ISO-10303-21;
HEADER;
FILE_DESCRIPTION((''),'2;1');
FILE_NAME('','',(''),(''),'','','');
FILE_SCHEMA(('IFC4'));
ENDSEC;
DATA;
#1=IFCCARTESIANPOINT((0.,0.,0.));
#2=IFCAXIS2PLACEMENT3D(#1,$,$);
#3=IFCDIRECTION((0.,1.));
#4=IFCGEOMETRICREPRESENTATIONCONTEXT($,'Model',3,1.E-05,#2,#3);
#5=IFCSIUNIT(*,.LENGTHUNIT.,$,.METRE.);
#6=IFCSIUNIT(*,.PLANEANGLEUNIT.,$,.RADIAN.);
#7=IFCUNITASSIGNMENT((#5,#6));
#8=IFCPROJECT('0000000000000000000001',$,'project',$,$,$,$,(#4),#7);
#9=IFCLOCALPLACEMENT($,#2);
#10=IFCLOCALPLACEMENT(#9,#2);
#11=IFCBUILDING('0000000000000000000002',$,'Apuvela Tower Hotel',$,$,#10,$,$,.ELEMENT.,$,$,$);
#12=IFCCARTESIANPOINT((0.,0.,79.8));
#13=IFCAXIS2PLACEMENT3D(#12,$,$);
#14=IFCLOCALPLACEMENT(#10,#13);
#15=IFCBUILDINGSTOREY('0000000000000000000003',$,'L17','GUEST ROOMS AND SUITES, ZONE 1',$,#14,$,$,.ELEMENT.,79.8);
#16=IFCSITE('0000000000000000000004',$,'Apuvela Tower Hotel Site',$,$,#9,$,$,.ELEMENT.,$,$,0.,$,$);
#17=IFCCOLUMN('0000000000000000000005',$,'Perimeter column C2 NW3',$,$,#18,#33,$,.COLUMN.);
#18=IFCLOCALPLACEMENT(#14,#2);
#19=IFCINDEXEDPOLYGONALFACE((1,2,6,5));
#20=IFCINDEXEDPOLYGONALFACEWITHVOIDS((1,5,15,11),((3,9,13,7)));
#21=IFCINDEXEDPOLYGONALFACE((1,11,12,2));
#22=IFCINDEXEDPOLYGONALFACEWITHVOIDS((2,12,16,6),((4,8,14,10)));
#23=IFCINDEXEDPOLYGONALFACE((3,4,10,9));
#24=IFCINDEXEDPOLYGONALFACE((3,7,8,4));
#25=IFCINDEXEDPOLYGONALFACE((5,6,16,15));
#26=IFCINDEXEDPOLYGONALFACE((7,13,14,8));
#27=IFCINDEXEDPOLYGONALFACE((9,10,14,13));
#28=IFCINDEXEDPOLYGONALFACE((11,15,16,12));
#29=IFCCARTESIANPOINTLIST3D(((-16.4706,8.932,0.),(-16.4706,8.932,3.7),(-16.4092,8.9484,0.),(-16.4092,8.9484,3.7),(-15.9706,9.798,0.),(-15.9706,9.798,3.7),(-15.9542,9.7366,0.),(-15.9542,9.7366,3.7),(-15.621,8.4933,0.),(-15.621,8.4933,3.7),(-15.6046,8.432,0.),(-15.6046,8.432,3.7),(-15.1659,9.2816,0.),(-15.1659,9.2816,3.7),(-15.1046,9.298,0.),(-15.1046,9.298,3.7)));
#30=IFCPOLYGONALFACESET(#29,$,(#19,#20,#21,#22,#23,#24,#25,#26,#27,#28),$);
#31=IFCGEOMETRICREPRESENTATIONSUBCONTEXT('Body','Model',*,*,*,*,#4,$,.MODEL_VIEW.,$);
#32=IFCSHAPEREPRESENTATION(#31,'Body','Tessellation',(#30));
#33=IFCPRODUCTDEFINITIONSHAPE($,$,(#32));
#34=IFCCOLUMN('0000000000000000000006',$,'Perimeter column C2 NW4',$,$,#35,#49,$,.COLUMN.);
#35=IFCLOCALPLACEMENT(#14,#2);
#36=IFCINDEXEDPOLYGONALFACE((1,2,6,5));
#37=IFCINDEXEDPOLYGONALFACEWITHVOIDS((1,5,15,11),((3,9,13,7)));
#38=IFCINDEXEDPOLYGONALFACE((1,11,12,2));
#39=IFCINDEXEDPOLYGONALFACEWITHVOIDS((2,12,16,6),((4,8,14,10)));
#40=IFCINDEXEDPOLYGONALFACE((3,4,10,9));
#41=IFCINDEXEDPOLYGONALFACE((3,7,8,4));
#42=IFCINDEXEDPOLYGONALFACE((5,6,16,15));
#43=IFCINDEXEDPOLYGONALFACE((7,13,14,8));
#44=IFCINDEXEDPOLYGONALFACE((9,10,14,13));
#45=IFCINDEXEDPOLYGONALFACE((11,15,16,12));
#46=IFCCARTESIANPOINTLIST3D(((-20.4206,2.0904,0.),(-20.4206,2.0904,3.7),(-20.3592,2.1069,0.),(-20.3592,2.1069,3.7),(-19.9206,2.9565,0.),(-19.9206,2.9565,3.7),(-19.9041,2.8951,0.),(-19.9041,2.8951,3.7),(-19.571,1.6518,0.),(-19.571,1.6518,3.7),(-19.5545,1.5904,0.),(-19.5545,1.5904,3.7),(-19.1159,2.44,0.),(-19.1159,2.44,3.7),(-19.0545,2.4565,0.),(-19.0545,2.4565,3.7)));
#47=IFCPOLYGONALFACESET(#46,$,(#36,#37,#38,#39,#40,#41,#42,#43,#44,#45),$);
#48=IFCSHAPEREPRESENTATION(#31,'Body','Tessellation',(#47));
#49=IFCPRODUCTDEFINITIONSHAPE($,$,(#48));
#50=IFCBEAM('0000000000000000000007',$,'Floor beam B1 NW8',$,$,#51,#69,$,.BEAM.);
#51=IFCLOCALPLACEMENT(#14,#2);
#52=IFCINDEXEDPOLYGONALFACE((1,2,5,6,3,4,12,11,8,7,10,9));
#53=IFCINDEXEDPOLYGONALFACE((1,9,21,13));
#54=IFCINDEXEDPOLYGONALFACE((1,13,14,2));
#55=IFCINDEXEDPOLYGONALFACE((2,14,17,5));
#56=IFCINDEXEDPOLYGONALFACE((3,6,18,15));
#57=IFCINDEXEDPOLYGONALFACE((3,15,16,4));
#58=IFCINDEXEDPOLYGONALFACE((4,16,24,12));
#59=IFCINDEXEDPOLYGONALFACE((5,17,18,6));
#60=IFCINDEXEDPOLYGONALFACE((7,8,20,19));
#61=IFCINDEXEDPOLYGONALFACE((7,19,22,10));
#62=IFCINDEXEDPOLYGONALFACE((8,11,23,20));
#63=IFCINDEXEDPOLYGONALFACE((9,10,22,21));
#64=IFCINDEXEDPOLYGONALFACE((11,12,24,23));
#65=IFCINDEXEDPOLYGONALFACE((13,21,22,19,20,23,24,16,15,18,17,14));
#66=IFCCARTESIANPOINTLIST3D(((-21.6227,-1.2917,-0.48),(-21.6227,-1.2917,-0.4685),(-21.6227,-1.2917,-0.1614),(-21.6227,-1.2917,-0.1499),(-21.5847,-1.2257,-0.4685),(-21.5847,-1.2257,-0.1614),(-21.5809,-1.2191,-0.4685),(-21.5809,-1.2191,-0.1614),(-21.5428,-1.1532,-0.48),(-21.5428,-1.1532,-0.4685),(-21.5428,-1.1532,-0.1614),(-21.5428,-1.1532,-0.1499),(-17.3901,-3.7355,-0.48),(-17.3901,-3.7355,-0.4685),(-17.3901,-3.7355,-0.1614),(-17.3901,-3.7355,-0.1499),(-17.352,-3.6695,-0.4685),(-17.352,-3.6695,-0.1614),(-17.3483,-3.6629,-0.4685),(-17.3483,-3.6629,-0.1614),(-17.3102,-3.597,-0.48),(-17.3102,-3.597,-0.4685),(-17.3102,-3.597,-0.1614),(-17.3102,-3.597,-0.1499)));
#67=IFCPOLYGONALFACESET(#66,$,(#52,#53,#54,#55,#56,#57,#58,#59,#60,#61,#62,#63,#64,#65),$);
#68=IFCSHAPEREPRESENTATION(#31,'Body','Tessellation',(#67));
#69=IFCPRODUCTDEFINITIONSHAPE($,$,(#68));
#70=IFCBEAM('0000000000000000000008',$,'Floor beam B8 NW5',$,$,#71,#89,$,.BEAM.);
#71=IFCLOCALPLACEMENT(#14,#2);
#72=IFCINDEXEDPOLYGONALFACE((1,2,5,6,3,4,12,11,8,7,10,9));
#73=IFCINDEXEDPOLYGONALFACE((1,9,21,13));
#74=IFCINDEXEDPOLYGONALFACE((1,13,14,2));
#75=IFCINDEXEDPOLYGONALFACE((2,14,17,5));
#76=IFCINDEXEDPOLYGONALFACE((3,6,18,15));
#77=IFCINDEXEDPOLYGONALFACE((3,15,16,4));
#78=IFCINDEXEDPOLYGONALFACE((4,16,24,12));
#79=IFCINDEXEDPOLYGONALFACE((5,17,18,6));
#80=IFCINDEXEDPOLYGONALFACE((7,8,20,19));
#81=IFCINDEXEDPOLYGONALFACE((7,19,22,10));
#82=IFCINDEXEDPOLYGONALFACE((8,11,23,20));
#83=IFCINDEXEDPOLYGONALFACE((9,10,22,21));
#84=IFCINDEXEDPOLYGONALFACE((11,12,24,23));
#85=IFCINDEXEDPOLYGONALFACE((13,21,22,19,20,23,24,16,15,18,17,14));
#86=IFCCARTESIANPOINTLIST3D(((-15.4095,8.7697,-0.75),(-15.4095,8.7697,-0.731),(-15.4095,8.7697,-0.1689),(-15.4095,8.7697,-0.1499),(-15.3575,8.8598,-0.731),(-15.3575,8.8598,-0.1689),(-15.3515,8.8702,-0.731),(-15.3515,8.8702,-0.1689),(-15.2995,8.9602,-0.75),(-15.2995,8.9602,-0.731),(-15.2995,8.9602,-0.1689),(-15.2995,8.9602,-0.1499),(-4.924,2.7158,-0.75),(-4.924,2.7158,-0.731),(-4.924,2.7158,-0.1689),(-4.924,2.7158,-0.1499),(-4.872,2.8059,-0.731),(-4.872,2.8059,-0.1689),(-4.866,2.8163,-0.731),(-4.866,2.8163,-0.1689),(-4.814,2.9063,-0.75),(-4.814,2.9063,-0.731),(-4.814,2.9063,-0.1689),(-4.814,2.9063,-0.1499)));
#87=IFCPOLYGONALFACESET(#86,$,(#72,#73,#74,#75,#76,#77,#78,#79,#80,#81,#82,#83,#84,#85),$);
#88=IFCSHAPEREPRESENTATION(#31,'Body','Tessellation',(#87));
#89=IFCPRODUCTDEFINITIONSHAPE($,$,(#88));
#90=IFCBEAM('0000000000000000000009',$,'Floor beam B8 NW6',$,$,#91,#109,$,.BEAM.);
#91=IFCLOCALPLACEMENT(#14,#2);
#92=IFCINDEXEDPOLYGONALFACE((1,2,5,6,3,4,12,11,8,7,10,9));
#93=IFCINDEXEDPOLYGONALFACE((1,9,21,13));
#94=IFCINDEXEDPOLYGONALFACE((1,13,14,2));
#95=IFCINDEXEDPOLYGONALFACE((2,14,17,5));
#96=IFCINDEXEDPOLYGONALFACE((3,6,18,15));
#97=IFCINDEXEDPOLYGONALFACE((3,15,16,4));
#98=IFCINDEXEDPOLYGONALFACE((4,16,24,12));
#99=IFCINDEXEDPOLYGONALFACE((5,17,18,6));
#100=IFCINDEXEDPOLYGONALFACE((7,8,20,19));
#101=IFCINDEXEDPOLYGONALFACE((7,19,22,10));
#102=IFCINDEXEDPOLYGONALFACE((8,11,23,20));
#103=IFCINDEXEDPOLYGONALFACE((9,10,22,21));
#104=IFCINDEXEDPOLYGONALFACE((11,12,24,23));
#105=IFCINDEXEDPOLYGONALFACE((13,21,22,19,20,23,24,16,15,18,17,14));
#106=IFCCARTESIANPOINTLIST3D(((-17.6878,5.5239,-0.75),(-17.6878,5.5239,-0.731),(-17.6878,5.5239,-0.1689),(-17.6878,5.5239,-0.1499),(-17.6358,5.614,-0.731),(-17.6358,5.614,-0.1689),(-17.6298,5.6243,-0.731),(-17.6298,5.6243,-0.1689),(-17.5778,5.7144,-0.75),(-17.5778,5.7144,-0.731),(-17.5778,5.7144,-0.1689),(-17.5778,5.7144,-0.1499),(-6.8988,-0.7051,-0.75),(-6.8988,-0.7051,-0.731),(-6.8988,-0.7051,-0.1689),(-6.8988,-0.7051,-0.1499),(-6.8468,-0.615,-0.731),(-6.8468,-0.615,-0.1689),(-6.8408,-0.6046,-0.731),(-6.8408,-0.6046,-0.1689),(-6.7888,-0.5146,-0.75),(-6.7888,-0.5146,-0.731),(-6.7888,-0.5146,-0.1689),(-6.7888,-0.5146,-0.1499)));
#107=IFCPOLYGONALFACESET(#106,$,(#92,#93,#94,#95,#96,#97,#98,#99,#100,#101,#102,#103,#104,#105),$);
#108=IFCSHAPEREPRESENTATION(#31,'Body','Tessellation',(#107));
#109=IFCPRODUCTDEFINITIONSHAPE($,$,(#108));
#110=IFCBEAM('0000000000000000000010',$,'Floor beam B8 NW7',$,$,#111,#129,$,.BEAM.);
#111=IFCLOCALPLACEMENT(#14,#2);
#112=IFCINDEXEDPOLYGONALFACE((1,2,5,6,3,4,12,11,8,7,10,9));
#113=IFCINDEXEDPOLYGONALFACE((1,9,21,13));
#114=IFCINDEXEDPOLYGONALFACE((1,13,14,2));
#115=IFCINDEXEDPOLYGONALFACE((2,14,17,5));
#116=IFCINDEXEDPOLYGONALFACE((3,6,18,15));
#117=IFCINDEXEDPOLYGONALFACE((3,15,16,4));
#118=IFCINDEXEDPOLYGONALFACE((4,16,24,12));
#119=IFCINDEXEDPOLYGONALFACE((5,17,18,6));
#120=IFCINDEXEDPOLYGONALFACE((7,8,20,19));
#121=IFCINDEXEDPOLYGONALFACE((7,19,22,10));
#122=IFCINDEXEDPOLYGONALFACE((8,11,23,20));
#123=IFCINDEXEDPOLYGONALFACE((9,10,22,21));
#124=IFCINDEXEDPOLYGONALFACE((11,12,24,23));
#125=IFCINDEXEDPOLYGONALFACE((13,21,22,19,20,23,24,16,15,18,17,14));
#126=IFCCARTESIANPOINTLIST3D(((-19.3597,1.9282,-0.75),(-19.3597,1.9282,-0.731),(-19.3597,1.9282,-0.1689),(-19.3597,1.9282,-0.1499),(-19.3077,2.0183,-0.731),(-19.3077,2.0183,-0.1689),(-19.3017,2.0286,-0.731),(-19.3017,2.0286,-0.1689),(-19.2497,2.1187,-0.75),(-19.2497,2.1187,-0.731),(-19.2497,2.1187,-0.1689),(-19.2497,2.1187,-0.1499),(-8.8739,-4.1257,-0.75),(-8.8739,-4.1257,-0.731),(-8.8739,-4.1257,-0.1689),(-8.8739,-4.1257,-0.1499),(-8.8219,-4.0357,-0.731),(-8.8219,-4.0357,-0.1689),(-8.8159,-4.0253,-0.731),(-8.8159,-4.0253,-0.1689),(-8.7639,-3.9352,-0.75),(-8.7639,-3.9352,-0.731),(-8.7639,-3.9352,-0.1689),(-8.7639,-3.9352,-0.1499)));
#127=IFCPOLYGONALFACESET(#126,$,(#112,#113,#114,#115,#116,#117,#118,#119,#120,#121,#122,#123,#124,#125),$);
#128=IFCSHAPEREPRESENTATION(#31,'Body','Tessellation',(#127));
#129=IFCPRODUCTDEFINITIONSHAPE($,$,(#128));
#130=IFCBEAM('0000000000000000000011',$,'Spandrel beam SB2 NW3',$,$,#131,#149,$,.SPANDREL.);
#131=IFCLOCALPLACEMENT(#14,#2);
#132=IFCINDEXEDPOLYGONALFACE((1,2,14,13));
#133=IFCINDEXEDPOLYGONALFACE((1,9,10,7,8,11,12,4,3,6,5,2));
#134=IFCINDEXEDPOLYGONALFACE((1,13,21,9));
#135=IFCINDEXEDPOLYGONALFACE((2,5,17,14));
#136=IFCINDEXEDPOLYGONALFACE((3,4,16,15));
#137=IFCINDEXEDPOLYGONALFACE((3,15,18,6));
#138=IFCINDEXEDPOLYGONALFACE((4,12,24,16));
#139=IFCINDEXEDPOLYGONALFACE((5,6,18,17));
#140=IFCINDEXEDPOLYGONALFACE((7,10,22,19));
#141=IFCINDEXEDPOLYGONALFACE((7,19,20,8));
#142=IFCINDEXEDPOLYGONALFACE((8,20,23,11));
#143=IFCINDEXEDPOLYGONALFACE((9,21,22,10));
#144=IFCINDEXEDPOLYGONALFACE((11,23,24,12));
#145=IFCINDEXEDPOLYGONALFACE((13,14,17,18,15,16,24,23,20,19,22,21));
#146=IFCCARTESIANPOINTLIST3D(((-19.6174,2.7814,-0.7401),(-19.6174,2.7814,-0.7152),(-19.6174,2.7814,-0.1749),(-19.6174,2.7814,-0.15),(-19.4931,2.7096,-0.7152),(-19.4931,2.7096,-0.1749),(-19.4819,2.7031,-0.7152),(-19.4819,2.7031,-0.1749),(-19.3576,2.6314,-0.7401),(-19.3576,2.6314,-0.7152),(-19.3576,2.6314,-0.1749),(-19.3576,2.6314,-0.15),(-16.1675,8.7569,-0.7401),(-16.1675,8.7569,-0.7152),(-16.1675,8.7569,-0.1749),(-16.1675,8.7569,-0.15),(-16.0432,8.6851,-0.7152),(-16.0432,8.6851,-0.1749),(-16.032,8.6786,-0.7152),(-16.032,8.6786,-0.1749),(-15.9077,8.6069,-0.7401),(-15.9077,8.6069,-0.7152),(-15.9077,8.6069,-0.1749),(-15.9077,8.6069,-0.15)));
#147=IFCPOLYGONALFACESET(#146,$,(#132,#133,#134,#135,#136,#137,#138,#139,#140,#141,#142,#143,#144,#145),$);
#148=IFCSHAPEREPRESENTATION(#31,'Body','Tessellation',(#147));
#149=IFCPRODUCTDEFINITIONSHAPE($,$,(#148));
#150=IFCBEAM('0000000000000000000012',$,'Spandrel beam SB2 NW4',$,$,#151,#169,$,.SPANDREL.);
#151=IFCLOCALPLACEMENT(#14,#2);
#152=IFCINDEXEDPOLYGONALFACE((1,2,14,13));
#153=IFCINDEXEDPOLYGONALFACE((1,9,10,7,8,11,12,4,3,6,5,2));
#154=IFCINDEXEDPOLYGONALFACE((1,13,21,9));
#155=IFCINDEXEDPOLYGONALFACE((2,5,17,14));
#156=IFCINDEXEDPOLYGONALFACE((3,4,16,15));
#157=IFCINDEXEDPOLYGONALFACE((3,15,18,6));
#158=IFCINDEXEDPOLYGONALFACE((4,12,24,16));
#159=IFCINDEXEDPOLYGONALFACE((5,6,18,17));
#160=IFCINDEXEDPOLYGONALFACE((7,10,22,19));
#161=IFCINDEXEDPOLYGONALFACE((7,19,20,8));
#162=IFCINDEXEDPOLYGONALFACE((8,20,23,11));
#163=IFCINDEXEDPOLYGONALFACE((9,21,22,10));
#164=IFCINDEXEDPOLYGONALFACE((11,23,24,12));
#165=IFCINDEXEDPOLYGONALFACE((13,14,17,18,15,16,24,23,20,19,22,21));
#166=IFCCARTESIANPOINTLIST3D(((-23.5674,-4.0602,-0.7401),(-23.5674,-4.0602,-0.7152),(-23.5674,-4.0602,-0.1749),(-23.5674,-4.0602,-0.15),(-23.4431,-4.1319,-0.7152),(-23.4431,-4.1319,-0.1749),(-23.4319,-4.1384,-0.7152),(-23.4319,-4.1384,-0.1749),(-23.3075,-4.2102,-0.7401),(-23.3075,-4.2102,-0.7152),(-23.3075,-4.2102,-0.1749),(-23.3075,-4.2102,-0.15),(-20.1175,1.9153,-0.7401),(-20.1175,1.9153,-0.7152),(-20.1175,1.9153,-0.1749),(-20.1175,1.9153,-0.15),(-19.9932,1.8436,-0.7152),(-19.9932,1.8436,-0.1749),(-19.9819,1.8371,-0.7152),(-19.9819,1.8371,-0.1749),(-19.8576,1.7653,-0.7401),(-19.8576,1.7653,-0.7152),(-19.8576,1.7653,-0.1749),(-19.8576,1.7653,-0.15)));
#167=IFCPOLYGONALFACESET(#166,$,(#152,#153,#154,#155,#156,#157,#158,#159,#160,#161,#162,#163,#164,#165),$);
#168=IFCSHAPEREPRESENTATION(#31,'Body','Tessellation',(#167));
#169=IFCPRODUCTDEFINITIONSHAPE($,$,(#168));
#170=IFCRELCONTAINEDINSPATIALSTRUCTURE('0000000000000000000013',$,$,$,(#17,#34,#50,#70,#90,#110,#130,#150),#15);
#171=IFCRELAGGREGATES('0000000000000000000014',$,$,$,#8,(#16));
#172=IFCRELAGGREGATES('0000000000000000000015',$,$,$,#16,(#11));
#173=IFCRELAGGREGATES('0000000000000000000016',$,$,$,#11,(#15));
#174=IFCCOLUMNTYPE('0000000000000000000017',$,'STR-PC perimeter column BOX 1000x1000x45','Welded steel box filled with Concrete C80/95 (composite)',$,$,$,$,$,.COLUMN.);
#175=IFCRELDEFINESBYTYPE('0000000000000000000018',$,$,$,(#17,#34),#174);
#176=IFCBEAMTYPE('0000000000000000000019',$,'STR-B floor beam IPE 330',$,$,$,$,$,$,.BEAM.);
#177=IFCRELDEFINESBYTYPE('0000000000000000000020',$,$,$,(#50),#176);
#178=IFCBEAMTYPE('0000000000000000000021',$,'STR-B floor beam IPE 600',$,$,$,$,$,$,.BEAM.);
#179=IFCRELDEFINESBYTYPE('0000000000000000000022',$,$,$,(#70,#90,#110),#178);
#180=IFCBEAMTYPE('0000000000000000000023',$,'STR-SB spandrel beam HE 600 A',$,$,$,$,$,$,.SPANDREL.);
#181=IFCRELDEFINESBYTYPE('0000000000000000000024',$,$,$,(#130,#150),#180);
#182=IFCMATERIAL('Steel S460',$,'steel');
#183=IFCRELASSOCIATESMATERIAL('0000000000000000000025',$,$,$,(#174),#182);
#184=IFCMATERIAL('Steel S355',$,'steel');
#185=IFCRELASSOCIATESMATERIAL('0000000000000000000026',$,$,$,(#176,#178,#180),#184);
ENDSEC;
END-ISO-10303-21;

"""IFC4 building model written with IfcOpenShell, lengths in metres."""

from ifc_helpers import new_model, si_unit, direction, frame, origin, origin_2d, place, context, subcontext, project, spatial, rectangle, hollow_rectangle, i_section, extrude, material, material_profile, profile_set, type_object, element, save


model = new_model("IFC4")

# Units and contexts
model_context = context("Model", 3, precision=1e-05, world=origin(), true_north=direction((0.0, 1.0)))
body_context = subcontext(model_context, "Body", "Model", "MODEL_VIEW")
ifc_project = project(units=[si_unit("LENGTHUNIT", "METRE"), si_unit("PLANEANGLEUNIT", "RADIAN")], contexts=[model_context])

# Site, building, storey
site_placement = place(None, origin())
site = spatial("IfcSite", under=ifc_project, at=site_placement, Name="Apuvela Tower Hotel Site", CompositionType="ELEMENT", RefElevation=0.0)
building_placement = place(site_placement, origin())
building = spatial("IfcBuilding", under=site, at=building_placement, Name="Apuvela Tower Hotel", CompositionType="ELEMENT")
storey_placement = place(building_placement, frame((0.0, 0.0, 79.8)))
storey = spatial("IfcBuildingStorey", under=building, at=storey_placement, Name="L17", Description="GUEST ROOMS AND SUITES, ZONE 1", CompositionType="ELEMENT", Elevation=79.8)

# Columns
ifc_material_1 = material(Name="Steel S460", Category="steel")
ifc_material_profile_1 = material_profile(ifc_material_1, hollow_rectangle(XDim=1.0, YDim=1.0, WallThickness=0.0449, at=origin_2d()), Name="BOX 1000x1000x45")
ifc_material_2 = material(Name="Concrete C80/95", Category="concrete")
ifc_material_profile_2 = material_profile(ifc_material_2, rectangle(XDim=0.9099, YDim=0.9099, at=origin_2d()), Name="Concrete C80/95 infill")
ifc_profile_set_1 = profile_set([ifc_material_profile_1, ifc_material_profile_2], Name="Steel S460")
column_type = type_object("IfcColumnType", Name="STR-PC perimeter column BOX 1000x1000x45", Description="Welded steel box filled with Concrete C80/95 (composite)", PredefinedType="COLUMN", material=ifc_profile_set_1)
for number, where, z_axis, x_axis, name in (
    (1, (-15.7876, 9.115, 0.0), (0.0, 0.0, 1.0), (0.5, 0.866025, 0.0), "Perimeter column C2 NW3"),
    (2, (-19.7375, 2.2734, 0.0), (0.0, 0.0, 1.0), (0.5, 0.866025, 0.0), "Perimeter column C2 NW4"),
):
    element("IfcColumn", number, at=place(storey_placement, frame(where, z_axis=z_axis, x_axis=x_axis)), inside=storey, type_object=column_type, Name=name, PredefinedType="COLUMN", context=body_context, shape_type="SweptSolid", body=[
        extrude(hollow_rectangle(XDim=1.0, YDim=1.0, WallThickness=0.0449, at=origin_2d()), origin(), (0.0, 0.0, 1.0), 3.7),
    ])

# Beams
ifc_material_3 = material(Name="Steel S355", Category="steel")
ifc_material_profile_3 = material_profile(ifc_material_3, i_section(OverallWidth=0.1599, OverallDepth=0.3301, WebThickness=0.0076, FlangeThickness=0.0115, at=origin_2d()), Name="IPE 330")
ifc_profile_set_2 = profile_set([ifc_material_profile_3], Name="Steel S355")
beam_type_1 = type_object("IfcBeamType", Name="STR-B floor beam IPE 330", PredefinedType="BEAM", material=ifc_profile_set_2)
beam_1_placement = place(storey_placement, frame((-21.5828, -1.2224, -0.3149), z_axis=(0.866015, -0.500018, 0.0), x_axis=(0.500018, 0.866015, 0.0)))
element("IfcBeam", 3, at=beam_1_placement, inside=storey, type_object=beam_type_1, Name="Floor beam B1 NW8", PredefinedType="BEAM", context=body_context, shape_type="SweptSolid", body=[
    extrude(i_section(OverallWidth=0.1599, OverallDepth=0.3301, WebThickness=0.0076, FlangeThickness=0.0115, at=origin_2d()), origin(), (0.0, 0.0, 1.0), 4.8875),
])
ifc_material_profile_4 = material_profile(ifc_material_3, i_section(OverallWidth=0.22, OverallDepth=0.6001, WebThickness=0.012, FlangeThickness=0.019, at=origin_2d()), Name="IPE 600")
ifc_profile_set_3 = profile_set([ifc_material_profile_4], Name="Steel S355")
beam_type_2 = type_object("IfcBeamType", Name="STR-B floor beam IPE 600", PredefinedType="BEAM", material=ifc_profile_set_3)
beam_2_placement = place(storey_placement, frame((-15.3545, 8.865, -0.45), z_axis=(0.866022, -0.500006, 0.0), x_axis=(0.500006, 0.866022, 0.0)))
element("IfcBeam", 4, at=beam_2_placement, inside=storey, type_object=beam_type_2, Name="Floor beam B8 NW5", PredefinedType="BEAM", context=body_context, shape_type="SweptSolid", body=[
    extrude(i_section(OverallWidth=0.22, OverallDepth=0.6001, WebThickness=0.012, FlangeThickness=0.019, at=origin_2d()), origin(), (0.0, 0.0, 1.0), 12.1077),
])
beam_3_placement = place(storey_placement, frame((-17.6328, 5.6191, -0.45), z_axis=(0.866028, -0.499996, 0.0), x_axis=(0.499996, 0.866028, 0.0)))
element("IfcBeam", 5, at=beam_3_placement, inside=storey, type_object=beam_type_2, Name="Floor beam B8 NW6", PredefinedType="BEAM", context=body_context, shape_type="SweptSolid", body=[
    extrude(i_section(OverallWidth=0.22, OverallDepth=0.6001, WebThickness=0.012, FlangeThickness=0.019, at=origin_2d()), origin(), (0.0, 0.0, 1.0), 12.458),
])
beam_4_placement = place(storey_placement, frame((-19.3047, 2.0234, -0.45), z_axis=(0.866027, -0.499997, 0.0), x_axis=(0.499997, 0.866027, 0.0)))
element("IfcBeam", 6, at=beam_4_placement, inside=storey, type_object=beam_type_2, Name="Floor beam B8 NW7", PredefinedType="BEAM", context=body_context, shape_type="SweptSolid", body=[
    extrude(i_section(OverallWidth=0.22, OverallDepth=0.6001, WebThickness=0.012, FlangeThickness=0.019, at=origin_2d()), origin(), (0.0, 0.0, 1.0), 12.1079),
])
ifc_material_profile_5 = material_profile(ifc_material_3, i_section(OverallWidth=0.3, OverallDepth=0.5901, WebThickness=0.0129, FlangeThickness=0.0249, at=origin_2d()), Name="HE 600 A")
ifc_profile_set_4 = profile_set([ifc_material_profile_5], Name="Steel S355")
beam_type_3 = type_object("IfcBeamType", Name="STR-SB spandrel beam HE 600 A", PredefinedType="SPANDREL", material=ifc_profile_set_4)
for number, where, z_axis, x_axis, name in (
    (7, (-16.0376, 8.6819, -0.4451), (-0.499994, -0.866029, 0.0), (0.866029, -0.499994, 0.0), "Spandrel beam SB2 NW3"),
    (8, (-19.9875, 1.8403, -0.4451), (-0.499994, -0.866029, 0.0), (0.866029, -0.499994, 0.0), "Spandrel beam SB2 NW4"),
):
    element("IfcBeam", number, at=place(storey_placement, frame(where, z_axis=z_axis, x_axis=x_axis)), inside=storey, type_object=beam_type_3, Name=name, PredefinedType="SPANDREL", context=body_context, shape_type="SweptSolid", body=[
        extrude(i_section(OverallWidth=0.3, OverallDepth=0.5901, WebThickness=0.0129, FlangeThickness=0.0249, at=origin_2d()), origin(), (0.0, 0.0, 1.0), 6.8999),
    ])

save(model, "model.ifc")
